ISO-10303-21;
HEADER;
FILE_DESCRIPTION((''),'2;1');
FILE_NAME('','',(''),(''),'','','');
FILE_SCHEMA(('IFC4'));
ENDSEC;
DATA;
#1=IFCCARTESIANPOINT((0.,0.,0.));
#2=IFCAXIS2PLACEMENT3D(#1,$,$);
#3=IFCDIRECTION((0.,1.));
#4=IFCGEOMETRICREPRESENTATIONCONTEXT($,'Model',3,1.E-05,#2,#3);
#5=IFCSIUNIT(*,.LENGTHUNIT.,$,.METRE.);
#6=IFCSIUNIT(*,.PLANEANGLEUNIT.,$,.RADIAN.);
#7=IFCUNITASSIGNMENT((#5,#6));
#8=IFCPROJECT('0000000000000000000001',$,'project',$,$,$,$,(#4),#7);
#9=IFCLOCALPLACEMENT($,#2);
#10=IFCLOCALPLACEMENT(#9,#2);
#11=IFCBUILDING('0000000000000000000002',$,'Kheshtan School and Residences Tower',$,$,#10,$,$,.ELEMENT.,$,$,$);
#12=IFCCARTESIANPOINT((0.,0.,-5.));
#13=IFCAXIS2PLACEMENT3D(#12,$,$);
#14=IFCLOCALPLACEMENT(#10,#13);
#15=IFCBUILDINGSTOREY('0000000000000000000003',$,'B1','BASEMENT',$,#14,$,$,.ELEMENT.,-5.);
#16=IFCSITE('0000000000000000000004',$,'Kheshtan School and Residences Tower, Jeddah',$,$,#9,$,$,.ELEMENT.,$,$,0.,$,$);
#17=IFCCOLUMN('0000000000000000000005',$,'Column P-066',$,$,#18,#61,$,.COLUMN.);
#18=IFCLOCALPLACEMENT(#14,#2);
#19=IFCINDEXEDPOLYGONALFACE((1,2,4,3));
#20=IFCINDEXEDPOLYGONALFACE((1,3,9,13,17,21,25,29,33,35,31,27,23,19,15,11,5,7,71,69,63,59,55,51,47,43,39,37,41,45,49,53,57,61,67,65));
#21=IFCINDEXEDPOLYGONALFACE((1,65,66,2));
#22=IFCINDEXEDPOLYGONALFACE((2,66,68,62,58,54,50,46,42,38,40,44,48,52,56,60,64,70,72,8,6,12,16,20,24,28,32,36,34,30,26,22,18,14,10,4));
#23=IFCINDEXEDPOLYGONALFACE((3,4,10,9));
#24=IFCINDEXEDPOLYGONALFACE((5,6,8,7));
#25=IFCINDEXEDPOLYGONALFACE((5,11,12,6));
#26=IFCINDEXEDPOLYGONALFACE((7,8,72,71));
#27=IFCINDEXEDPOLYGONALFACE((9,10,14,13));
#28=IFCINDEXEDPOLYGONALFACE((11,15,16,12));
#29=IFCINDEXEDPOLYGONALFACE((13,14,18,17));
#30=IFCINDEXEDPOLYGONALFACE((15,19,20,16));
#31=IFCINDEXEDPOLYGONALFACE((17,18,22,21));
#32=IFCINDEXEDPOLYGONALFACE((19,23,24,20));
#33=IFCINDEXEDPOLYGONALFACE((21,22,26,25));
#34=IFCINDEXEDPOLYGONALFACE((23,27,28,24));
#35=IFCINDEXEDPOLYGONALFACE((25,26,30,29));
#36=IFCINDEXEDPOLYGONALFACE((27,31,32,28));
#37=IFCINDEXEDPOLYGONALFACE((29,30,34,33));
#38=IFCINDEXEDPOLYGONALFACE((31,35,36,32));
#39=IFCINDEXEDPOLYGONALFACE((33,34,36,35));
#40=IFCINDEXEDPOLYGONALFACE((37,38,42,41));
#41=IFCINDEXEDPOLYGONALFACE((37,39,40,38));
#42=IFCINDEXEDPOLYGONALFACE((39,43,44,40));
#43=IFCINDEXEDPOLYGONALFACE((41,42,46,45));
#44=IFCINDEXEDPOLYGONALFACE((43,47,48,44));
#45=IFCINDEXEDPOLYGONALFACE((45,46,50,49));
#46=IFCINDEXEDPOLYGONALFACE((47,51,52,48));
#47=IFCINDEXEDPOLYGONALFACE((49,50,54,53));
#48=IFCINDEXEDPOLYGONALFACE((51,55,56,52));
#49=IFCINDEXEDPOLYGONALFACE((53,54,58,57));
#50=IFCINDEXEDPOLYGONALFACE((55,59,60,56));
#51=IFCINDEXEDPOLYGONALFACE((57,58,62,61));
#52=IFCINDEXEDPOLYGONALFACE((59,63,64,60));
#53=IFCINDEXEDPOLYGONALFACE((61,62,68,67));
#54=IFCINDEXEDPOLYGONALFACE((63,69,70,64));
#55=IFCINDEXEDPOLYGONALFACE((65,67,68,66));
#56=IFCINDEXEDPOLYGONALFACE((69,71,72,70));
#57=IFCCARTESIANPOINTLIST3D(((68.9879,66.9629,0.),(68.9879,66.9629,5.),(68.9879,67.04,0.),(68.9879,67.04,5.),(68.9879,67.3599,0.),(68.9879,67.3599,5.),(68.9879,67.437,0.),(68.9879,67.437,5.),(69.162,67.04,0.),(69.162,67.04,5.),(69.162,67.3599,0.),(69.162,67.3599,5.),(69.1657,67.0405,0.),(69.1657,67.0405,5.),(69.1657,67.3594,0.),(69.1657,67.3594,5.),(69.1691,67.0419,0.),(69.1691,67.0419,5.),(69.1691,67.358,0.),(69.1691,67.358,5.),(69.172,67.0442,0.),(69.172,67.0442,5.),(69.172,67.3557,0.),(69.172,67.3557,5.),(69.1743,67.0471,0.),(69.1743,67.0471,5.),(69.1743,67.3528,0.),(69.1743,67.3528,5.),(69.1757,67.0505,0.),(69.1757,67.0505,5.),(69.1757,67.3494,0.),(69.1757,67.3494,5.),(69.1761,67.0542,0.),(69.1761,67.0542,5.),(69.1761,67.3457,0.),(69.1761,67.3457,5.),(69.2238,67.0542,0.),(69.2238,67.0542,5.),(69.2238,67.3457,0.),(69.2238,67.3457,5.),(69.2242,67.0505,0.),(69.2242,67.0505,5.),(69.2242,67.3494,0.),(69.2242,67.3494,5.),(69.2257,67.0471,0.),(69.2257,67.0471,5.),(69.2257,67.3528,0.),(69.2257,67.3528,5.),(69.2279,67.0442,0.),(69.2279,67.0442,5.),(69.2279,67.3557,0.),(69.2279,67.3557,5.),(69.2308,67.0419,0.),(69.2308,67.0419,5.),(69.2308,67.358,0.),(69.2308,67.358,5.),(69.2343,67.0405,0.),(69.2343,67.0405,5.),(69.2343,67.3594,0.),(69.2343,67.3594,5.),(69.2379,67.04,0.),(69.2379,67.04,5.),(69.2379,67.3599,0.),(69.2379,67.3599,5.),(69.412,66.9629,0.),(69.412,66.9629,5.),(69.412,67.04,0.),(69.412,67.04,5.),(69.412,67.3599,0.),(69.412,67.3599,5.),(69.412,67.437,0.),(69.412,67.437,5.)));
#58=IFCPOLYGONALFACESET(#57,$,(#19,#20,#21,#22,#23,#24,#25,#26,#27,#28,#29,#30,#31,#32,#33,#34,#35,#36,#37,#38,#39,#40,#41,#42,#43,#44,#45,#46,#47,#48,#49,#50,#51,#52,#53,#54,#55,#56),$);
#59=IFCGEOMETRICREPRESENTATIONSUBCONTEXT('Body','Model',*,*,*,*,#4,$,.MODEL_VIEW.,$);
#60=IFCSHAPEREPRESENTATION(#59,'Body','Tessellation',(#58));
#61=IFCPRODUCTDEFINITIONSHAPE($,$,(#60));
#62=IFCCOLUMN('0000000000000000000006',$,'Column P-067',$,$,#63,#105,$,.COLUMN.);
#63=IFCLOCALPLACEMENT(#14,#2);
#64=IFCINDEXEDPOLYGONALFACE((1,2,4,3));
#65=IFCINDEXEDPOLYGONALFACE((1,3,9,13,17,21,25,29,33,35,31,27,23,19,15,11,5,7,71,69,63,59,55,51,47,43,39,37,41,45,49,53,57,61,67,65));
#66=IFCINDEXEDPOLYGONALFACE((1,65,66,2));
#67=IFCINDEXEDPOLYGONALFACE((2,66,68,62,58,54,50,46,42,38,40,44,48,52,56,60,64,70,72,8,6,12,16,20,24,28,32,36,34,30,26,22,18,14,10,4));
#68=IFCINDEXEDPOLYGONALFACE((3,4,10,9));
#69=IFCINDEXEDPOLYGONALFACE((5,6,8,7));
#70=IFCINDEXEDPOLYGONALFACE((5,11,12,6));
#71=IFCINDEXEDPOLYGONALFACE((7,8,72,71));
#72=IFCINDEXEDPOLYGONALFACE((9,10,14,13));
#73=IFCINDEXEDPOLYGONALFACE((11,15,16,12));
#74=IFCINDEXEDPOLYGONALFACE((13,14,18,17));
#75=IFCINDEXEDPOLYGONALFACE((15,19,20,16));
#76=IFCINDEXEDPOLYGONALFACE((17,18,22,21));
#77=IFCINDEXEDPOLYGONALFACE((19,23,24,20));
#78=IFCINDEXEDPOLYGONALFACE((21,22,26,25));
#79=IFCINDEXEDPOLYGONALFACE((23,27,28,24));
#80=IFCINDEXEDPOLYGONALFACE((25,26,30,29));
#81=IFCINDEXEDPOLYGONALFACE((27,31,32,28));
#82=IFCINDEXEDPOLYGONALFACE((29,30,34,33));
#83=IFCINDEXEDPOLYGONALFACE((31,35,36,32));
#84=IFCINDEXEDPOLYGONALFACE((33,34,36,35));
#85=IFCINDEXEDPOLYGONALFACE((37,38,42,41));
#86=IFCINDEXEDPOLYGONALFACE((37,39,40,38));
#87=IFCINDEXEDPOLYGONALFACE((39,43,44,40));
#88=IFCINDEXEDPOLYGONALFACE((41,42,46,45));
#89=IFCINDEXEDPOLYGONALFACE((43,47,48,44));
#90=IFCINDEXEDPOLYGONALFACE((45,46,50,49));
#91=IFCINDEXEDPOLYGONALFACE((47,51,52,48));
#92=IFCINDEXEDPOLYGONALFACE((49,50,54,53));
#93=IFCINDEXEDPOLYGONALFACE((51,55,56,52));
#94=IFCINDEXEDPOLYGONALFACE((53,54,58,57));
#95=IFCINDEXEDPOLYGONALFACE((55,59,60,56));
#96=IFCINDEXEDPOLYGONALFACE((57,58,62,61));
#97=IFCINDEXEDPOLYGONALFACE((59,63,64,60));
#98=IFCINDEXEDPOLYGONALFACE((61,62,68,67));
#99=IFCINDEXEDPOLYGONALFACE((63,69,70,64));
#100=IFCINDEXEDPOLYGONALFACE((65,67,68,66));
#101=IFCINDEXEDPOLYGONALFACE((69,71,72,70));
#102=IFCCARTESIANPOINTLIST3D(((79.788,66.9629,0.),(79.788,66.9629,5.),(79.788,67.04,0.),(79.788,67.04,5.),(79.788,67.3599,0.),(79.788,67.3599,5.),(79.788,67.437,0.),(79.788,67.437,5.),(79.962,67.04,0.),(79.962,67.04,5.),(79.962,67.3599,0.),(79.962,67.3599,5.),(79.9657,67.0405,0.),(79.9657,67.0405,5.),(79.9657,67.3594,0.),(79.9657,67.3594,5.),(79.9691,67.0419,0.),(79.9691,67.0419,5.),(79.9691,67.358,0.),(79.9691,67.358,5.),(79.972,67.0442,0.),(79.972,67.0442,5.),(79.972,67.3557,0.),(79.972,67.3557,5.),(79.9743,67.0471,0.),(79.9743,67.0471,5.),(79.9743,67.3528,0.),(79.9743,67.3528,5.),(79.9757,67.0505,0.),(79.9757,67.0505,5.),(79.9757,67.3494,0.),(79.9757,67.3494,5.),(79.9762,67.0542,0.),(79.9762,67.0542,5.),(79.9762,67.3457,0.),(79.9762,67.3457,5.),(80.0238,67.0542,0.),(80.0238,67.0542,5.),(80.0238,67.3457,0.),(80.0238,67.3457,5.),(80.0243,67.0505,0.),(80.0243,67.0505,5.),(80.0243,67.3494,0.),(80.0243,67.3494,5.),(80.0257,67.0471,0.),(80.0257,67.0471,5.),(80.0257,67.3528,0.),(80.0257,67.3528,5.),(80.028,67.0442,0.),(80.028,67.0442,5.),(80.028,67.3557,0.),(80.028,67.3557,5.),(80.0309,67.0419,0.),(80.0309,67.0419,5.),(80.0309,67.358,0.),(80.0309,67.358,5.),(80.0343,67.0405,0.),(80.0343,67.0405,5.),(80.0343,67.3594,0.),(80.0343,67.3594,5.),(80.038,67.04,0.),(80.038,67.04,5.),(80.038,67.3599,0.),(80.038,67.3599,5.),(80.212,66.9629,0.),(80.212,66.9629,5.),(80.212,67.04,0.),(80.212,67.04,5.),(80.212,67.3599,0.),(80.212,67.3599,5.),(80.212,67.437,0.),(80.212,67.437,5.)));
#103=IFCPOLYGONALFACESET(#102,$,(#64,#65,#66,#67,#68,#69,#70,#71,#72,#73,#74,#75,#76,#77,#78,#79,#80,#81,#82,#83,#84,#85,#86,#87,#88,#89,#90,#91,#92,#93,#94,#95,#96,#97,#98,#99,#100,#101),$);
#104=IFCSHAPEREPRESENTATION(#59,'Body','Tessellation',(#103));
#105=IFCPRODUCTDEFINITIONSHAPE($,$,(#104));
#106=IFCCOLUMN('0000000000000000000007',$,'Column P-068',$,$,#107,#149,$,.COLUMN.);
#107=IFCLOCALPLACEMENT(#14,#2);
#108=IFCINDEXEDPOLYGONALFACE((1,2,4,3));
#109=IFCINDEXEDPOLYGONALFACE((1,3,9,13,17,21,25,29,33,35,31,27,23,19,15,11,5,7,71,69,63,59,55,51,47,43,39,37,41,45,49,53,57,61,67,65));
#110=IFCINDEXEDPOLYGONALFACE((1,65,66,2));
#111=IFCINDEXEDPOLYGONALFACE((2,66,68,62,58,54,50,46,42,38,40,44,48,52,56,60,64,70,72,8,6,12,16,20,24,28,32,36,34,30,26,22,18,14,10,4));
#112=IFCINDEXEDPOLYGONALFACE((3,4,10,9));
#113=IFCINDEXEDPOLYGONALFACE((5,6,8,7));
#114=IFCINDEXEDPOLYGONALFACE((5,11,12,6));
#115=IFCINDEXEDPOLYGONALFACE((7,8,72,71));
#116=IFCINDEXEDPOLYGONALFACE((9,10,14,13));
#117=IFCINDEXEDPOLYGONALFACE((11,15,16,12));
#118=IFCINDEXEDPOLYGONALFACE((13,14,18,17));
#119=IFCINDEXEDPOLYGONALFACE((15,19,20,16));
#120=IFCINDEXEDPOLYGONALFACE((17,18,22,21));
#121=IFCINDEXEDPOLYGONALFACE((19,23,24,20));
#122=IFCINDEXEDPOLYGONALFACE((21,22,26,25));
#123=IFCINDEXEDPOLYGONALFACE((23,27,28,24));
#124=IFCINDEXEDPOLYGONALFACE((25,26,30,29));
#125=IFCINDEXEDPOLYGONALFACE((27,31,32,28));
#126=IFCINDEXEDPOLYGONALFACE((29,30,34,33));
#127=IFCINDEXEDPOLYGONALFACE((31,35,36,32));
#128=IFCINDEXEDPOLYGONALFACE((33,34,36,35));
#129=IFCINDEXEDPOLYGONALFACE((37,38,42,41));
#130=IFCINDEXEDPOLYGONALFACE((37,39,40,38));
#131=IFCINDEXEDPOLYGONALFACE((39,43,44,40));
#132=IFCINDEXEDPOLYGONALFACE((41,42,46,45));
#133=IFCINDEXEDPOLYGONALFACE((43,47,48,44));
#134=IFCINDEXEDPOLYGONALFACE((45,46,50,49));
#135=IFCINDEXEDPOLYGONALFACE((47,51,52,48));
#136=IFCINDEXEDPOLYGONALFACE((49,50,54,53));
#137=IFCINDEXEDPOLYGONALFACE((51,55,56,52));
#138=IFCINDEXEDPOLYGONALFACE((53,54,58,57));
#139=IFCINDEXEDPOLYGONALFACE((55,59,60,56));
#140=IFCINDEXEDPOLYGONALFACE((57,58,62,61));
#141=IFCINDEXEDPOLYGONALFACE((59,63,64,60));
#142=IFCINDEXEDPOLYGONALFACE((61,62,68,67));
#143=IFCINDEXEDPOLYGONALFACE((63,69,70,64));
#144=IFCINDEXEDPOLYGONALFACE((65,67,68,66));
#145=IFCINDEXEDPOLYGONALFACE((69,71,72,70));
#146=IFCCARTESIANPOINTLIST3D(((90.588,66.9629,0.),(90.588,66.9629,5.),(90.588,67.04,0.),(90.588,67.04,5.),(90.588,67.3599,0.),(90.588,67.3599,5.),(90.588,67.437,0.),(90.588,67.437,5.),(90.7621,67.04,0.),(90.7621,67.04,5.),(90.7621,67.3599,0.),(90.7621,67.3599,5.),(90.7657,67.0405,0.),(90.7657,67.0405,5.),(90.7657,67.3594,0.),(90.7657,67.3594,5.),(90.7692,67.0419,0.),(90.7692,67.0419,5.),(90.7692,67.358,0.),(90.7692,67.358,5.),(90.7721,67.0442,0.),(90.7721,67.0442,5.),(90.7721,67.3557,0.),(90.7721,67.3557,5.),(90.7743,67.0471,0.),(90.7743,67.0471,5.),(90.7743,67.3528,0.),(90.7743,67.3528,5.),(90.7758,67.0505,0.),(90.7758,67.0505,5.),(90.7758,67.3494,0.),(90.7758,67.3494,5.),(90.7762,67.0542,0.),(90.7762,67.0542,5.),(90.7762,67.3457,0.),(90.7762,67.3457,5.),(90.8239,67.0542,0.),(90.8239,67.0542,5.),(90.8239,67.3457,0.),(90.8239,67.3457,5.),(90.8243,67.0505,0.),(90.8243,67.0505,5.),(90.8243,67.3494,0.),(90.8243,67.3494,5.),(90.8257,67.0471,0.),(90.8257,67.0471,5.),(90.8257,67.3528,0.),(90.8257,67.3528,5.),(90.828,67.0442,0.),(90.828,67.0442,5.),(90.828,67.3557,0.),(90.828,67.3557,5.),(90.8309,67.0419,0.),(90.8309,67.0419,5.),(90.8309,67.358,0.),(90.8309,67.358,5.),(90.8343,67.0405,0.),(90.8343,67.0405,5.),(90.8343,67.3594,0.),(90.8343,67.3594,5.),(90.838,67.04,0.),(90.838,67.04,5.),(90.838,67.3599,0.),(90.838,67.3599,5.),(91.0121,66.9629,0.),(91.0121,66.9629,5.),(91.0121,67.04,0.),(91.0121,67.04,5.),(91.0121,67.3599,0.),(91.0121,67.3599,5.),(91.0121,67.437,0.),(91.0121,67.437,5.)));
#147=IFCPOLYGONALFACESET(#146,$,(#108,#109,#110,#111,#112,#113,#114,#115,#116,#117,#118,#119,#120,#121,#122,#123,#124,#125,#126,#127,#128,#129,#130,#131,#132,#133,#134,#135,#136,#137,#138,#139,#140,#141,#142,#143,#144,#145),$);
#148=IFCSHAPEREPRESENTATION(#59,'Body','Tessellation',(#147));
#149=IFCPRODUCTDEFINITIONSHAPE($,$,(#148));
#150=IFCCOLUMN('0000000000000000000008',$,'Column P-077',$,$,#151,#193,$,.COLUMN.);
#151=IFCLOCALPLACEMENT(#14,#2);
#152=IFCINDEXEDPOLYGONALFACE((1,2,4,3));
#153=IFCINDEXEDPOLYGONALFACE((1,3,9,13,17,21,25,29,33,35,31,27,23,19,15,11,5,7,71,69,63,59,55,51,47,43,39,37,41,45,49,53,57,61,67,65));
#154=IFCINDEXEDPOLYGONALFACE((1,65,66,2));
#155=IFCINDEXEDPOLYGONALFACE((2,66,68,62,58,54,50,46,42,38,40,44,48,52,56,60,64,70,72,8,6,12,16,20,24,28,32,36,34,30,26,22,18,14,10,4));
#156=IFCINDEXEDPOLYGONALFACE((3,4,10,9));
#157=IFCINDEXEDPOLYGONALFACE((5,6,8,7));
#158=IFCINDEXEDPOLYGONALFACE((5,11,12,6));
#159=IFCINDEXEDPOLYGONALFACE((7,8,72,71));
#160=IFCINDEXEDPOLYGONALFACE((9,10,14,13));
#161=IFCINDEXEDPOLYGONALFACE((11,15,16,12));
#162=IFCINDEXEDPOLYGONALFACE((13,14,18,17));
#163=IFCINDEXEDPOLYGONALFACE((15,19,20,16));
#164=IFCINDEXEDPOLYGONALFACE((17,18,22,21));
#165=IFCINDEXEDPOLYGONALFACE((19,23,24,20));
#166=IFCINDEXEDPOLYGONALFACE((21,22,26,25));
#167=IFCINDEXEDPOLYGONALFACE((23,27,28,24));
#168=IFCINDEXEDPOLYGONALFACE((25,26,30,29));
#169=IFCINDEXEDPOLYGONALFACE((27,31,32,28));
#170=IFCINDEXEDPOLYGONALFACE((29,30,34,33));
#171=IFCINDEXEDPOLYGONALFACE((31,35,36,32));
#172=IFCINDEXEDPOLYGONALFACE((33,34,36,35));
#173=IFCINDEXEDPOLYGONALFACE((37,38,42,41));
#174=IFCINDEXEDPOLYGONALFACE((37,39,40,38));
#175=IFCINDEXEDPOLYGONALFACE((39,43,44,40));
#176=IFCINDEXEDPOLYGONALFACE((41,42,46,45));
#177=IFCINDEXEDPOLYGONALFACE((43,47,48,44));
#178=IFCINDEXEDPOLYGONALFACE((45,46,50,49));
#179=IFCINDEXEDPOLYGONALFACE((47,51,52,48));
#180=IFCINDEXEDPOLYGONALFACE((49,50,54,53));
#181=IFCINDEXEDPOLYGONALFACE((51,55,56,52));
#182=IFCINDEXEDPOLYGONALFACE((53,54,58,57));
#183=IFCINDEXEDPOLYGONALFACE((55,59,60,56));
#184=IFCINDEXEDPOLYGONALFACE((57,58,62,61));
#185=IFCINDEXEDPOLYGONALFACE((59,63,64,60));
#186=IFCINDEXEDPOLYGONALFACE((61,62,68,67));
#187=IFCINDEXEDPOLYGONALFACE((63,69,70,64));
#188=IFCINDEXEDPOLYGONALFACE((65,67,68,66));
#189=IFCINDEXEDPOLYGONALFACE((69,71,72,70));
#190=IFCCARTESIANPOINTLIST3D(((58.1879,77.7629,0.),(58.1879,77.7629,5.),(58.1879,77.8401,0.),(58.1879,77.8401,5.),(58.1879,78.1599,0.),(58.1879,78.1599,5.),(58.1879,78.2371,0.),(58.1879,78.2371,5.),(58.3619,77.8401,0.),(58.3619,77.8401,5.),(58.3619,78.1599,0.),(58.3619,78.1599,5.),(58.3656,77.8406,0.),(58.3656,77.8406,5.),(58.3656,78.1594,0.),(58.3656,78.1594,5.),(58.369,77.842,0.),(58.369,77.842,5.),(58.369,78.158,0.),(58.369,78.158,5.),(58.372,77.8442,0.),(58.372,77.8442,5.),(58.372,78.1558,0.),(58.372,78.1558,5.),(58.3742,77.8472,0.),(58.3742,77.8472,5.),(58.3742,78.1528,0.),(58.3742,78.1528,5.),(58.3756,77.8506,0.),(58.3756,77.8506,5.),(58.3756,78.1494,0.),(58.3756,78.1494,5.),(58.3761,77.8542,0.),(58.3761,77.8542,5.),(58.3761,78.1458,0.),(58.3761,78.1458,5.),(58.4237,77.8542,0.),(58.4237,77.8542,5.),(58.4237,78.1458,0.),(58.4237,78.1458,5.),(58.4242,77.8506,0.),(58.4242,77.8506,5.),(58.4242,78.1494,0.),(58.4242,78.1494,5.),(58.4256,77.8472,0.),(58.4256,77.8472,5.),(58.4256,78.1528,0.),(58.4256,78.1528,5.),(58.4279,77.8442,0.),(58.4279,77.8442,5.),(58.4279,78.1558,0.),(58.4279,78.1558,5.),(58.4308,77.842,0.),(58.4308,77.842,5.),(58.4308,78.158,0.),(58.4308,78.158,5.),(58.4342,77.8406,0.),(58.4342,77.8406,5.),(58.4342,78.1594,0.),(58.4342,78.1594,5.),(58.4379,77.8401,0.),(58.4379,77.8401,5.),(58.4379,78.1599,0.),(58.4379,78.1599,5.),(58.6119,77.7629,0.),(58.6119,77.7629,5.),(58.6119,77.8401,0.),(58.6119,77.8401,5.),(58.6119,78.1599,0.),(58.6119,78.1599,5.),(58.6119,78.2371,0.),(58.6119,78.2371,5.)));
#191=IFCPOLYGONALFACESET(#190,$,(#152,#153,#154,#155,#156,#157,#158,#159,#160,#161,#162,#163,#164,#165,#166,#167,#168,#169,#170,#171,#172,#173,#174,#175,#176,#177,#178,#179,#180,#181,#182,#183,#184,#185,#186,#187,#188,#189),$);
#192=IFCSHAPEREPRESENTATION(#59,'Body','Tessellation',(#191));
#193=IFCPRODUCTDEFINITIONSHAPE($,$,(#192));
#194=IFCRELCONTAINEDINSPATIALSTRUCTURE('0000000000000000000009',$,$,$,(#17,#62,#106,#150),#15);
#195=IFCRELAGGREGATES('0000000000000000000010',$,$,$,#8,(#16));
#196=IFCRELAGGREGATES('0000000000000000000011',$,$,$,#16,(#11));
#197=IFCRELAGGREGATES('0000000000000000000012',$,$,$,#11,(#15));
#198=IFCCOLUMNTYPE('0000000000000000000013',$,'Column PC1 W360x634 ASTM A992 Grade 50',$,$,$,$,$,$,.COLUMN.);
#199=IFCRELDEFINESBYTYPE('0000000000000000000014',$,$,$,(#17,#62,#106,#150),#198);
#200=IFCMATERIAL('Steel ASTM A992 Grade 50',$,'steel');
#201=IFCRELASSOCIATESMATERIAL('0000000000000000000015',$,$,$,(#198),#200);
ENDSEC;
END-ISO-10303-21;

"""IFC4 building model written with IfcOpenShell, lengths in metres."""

from ifc_helpers import new_model, si_unit, direction, frame, origin, origin_2d, place, context, subcontext, project, spatial, i_section, extrude, material, material_profile, profile_set, type_object, element, save


model = new_model("IFC4")

# Units and contexts
model_context = context("Model", 3, precision=1e-05, world=origin(), true_north=direction((0.0, 1.0)))
body_context = subcontext(model_context, "Body", "Model", "MODEL_VIEW")
ifc_project = project(units=[si_unit("LENGTHUNIT", "METRE"), si_unit("PLANEANGLEUNIT", "RADIAN")], contexts=[model_context])

# Site, building, storey
site_placement = place(None, origin())
site = spatial("IfcSite", under=ifc_project, at=site_placement, Name="Kheshtan School and Residences Tower, Jeddah", CompositionType="ELEMENT", RefElevation=0.0)
building_placement = place(site_placement, origin())
building = spatial("IfcBuilding", under=site, at=building_placement, Name="Kheshtan School and Residences Tower", CompositionType="ELEMENT")
storey_placement = place(building_placement, frame((0.0, 0.0, -5.0)))
storey = spatial("IfcBuildingStorey", under=building, at=storey_placement, Name="B1", Description="BASEMENT", CompositionType="ELEMENT", Elevation=-5.0)

# Columns
ifc_material_1 = material(Name="Steel ASTM A992 Grade 50", Category="steel")
ifc_material_profile_1 = material_profile(ifc_material_1, i_section(OverallWidth=0.4241, OverallDepth=0.4741, WebThickness=0.0476, FlangeThickness=0.0771, FilletRadius=0.0142, at=origin_2d()), Name="W360x634")
ifc_profile_set_1 = profile_set([ifc_material_profile_1], Name="Steel ASTM A992 Grade 50")
column_type = type_object("IfcColumnType", Name="Column PC1 W360x634 ASTM A992 Grade 50", PredefinedType="COLUMN", material=ifc_profile_set_1)
for number, where, z_axis, x_axis, name in (
    (1, (69.2, 67.2, 0.0), (0.0, 0.0, 1.0), (1.0, 0.0, 0.0), "Column P-066"),
    (2, (80.0, 67.2, 0.0), (0.0, 0.0, 1.0), (1.0, 0.0, 0.0), "Column P-067"),
    (3, (90.8, 67.2, 0.0), (0.0, 0.0, 1.0), (1.0, 0.0, 0.0), "Column P-068"),
    (4, (58.3999, 78.0, 0.0), (0.0, 0.0, 1.0), (1.0, 0.0, 0.0), "Column P-077"),
):
    element("IfcColumn", number, at=place(storey_placement, frame(where, z_axis=z_axis, x_axis=x_axis)), inside=storey, type_object=column_type, Name=name, PredefinedType="COLUMN", context=body_context, shape_type="SweptSolid", body=[
        extrude(i_section(OverallWidth=0.4241, OverallDepth=0.4741, WebThickness=0.0476, FlangeThickness=0.0771, FilletRadius=0.0142, at=origin_2d()), origin(), (0.0, 0.0, 1.0), 5.0),
    ])

save(model, "model.ifc")
